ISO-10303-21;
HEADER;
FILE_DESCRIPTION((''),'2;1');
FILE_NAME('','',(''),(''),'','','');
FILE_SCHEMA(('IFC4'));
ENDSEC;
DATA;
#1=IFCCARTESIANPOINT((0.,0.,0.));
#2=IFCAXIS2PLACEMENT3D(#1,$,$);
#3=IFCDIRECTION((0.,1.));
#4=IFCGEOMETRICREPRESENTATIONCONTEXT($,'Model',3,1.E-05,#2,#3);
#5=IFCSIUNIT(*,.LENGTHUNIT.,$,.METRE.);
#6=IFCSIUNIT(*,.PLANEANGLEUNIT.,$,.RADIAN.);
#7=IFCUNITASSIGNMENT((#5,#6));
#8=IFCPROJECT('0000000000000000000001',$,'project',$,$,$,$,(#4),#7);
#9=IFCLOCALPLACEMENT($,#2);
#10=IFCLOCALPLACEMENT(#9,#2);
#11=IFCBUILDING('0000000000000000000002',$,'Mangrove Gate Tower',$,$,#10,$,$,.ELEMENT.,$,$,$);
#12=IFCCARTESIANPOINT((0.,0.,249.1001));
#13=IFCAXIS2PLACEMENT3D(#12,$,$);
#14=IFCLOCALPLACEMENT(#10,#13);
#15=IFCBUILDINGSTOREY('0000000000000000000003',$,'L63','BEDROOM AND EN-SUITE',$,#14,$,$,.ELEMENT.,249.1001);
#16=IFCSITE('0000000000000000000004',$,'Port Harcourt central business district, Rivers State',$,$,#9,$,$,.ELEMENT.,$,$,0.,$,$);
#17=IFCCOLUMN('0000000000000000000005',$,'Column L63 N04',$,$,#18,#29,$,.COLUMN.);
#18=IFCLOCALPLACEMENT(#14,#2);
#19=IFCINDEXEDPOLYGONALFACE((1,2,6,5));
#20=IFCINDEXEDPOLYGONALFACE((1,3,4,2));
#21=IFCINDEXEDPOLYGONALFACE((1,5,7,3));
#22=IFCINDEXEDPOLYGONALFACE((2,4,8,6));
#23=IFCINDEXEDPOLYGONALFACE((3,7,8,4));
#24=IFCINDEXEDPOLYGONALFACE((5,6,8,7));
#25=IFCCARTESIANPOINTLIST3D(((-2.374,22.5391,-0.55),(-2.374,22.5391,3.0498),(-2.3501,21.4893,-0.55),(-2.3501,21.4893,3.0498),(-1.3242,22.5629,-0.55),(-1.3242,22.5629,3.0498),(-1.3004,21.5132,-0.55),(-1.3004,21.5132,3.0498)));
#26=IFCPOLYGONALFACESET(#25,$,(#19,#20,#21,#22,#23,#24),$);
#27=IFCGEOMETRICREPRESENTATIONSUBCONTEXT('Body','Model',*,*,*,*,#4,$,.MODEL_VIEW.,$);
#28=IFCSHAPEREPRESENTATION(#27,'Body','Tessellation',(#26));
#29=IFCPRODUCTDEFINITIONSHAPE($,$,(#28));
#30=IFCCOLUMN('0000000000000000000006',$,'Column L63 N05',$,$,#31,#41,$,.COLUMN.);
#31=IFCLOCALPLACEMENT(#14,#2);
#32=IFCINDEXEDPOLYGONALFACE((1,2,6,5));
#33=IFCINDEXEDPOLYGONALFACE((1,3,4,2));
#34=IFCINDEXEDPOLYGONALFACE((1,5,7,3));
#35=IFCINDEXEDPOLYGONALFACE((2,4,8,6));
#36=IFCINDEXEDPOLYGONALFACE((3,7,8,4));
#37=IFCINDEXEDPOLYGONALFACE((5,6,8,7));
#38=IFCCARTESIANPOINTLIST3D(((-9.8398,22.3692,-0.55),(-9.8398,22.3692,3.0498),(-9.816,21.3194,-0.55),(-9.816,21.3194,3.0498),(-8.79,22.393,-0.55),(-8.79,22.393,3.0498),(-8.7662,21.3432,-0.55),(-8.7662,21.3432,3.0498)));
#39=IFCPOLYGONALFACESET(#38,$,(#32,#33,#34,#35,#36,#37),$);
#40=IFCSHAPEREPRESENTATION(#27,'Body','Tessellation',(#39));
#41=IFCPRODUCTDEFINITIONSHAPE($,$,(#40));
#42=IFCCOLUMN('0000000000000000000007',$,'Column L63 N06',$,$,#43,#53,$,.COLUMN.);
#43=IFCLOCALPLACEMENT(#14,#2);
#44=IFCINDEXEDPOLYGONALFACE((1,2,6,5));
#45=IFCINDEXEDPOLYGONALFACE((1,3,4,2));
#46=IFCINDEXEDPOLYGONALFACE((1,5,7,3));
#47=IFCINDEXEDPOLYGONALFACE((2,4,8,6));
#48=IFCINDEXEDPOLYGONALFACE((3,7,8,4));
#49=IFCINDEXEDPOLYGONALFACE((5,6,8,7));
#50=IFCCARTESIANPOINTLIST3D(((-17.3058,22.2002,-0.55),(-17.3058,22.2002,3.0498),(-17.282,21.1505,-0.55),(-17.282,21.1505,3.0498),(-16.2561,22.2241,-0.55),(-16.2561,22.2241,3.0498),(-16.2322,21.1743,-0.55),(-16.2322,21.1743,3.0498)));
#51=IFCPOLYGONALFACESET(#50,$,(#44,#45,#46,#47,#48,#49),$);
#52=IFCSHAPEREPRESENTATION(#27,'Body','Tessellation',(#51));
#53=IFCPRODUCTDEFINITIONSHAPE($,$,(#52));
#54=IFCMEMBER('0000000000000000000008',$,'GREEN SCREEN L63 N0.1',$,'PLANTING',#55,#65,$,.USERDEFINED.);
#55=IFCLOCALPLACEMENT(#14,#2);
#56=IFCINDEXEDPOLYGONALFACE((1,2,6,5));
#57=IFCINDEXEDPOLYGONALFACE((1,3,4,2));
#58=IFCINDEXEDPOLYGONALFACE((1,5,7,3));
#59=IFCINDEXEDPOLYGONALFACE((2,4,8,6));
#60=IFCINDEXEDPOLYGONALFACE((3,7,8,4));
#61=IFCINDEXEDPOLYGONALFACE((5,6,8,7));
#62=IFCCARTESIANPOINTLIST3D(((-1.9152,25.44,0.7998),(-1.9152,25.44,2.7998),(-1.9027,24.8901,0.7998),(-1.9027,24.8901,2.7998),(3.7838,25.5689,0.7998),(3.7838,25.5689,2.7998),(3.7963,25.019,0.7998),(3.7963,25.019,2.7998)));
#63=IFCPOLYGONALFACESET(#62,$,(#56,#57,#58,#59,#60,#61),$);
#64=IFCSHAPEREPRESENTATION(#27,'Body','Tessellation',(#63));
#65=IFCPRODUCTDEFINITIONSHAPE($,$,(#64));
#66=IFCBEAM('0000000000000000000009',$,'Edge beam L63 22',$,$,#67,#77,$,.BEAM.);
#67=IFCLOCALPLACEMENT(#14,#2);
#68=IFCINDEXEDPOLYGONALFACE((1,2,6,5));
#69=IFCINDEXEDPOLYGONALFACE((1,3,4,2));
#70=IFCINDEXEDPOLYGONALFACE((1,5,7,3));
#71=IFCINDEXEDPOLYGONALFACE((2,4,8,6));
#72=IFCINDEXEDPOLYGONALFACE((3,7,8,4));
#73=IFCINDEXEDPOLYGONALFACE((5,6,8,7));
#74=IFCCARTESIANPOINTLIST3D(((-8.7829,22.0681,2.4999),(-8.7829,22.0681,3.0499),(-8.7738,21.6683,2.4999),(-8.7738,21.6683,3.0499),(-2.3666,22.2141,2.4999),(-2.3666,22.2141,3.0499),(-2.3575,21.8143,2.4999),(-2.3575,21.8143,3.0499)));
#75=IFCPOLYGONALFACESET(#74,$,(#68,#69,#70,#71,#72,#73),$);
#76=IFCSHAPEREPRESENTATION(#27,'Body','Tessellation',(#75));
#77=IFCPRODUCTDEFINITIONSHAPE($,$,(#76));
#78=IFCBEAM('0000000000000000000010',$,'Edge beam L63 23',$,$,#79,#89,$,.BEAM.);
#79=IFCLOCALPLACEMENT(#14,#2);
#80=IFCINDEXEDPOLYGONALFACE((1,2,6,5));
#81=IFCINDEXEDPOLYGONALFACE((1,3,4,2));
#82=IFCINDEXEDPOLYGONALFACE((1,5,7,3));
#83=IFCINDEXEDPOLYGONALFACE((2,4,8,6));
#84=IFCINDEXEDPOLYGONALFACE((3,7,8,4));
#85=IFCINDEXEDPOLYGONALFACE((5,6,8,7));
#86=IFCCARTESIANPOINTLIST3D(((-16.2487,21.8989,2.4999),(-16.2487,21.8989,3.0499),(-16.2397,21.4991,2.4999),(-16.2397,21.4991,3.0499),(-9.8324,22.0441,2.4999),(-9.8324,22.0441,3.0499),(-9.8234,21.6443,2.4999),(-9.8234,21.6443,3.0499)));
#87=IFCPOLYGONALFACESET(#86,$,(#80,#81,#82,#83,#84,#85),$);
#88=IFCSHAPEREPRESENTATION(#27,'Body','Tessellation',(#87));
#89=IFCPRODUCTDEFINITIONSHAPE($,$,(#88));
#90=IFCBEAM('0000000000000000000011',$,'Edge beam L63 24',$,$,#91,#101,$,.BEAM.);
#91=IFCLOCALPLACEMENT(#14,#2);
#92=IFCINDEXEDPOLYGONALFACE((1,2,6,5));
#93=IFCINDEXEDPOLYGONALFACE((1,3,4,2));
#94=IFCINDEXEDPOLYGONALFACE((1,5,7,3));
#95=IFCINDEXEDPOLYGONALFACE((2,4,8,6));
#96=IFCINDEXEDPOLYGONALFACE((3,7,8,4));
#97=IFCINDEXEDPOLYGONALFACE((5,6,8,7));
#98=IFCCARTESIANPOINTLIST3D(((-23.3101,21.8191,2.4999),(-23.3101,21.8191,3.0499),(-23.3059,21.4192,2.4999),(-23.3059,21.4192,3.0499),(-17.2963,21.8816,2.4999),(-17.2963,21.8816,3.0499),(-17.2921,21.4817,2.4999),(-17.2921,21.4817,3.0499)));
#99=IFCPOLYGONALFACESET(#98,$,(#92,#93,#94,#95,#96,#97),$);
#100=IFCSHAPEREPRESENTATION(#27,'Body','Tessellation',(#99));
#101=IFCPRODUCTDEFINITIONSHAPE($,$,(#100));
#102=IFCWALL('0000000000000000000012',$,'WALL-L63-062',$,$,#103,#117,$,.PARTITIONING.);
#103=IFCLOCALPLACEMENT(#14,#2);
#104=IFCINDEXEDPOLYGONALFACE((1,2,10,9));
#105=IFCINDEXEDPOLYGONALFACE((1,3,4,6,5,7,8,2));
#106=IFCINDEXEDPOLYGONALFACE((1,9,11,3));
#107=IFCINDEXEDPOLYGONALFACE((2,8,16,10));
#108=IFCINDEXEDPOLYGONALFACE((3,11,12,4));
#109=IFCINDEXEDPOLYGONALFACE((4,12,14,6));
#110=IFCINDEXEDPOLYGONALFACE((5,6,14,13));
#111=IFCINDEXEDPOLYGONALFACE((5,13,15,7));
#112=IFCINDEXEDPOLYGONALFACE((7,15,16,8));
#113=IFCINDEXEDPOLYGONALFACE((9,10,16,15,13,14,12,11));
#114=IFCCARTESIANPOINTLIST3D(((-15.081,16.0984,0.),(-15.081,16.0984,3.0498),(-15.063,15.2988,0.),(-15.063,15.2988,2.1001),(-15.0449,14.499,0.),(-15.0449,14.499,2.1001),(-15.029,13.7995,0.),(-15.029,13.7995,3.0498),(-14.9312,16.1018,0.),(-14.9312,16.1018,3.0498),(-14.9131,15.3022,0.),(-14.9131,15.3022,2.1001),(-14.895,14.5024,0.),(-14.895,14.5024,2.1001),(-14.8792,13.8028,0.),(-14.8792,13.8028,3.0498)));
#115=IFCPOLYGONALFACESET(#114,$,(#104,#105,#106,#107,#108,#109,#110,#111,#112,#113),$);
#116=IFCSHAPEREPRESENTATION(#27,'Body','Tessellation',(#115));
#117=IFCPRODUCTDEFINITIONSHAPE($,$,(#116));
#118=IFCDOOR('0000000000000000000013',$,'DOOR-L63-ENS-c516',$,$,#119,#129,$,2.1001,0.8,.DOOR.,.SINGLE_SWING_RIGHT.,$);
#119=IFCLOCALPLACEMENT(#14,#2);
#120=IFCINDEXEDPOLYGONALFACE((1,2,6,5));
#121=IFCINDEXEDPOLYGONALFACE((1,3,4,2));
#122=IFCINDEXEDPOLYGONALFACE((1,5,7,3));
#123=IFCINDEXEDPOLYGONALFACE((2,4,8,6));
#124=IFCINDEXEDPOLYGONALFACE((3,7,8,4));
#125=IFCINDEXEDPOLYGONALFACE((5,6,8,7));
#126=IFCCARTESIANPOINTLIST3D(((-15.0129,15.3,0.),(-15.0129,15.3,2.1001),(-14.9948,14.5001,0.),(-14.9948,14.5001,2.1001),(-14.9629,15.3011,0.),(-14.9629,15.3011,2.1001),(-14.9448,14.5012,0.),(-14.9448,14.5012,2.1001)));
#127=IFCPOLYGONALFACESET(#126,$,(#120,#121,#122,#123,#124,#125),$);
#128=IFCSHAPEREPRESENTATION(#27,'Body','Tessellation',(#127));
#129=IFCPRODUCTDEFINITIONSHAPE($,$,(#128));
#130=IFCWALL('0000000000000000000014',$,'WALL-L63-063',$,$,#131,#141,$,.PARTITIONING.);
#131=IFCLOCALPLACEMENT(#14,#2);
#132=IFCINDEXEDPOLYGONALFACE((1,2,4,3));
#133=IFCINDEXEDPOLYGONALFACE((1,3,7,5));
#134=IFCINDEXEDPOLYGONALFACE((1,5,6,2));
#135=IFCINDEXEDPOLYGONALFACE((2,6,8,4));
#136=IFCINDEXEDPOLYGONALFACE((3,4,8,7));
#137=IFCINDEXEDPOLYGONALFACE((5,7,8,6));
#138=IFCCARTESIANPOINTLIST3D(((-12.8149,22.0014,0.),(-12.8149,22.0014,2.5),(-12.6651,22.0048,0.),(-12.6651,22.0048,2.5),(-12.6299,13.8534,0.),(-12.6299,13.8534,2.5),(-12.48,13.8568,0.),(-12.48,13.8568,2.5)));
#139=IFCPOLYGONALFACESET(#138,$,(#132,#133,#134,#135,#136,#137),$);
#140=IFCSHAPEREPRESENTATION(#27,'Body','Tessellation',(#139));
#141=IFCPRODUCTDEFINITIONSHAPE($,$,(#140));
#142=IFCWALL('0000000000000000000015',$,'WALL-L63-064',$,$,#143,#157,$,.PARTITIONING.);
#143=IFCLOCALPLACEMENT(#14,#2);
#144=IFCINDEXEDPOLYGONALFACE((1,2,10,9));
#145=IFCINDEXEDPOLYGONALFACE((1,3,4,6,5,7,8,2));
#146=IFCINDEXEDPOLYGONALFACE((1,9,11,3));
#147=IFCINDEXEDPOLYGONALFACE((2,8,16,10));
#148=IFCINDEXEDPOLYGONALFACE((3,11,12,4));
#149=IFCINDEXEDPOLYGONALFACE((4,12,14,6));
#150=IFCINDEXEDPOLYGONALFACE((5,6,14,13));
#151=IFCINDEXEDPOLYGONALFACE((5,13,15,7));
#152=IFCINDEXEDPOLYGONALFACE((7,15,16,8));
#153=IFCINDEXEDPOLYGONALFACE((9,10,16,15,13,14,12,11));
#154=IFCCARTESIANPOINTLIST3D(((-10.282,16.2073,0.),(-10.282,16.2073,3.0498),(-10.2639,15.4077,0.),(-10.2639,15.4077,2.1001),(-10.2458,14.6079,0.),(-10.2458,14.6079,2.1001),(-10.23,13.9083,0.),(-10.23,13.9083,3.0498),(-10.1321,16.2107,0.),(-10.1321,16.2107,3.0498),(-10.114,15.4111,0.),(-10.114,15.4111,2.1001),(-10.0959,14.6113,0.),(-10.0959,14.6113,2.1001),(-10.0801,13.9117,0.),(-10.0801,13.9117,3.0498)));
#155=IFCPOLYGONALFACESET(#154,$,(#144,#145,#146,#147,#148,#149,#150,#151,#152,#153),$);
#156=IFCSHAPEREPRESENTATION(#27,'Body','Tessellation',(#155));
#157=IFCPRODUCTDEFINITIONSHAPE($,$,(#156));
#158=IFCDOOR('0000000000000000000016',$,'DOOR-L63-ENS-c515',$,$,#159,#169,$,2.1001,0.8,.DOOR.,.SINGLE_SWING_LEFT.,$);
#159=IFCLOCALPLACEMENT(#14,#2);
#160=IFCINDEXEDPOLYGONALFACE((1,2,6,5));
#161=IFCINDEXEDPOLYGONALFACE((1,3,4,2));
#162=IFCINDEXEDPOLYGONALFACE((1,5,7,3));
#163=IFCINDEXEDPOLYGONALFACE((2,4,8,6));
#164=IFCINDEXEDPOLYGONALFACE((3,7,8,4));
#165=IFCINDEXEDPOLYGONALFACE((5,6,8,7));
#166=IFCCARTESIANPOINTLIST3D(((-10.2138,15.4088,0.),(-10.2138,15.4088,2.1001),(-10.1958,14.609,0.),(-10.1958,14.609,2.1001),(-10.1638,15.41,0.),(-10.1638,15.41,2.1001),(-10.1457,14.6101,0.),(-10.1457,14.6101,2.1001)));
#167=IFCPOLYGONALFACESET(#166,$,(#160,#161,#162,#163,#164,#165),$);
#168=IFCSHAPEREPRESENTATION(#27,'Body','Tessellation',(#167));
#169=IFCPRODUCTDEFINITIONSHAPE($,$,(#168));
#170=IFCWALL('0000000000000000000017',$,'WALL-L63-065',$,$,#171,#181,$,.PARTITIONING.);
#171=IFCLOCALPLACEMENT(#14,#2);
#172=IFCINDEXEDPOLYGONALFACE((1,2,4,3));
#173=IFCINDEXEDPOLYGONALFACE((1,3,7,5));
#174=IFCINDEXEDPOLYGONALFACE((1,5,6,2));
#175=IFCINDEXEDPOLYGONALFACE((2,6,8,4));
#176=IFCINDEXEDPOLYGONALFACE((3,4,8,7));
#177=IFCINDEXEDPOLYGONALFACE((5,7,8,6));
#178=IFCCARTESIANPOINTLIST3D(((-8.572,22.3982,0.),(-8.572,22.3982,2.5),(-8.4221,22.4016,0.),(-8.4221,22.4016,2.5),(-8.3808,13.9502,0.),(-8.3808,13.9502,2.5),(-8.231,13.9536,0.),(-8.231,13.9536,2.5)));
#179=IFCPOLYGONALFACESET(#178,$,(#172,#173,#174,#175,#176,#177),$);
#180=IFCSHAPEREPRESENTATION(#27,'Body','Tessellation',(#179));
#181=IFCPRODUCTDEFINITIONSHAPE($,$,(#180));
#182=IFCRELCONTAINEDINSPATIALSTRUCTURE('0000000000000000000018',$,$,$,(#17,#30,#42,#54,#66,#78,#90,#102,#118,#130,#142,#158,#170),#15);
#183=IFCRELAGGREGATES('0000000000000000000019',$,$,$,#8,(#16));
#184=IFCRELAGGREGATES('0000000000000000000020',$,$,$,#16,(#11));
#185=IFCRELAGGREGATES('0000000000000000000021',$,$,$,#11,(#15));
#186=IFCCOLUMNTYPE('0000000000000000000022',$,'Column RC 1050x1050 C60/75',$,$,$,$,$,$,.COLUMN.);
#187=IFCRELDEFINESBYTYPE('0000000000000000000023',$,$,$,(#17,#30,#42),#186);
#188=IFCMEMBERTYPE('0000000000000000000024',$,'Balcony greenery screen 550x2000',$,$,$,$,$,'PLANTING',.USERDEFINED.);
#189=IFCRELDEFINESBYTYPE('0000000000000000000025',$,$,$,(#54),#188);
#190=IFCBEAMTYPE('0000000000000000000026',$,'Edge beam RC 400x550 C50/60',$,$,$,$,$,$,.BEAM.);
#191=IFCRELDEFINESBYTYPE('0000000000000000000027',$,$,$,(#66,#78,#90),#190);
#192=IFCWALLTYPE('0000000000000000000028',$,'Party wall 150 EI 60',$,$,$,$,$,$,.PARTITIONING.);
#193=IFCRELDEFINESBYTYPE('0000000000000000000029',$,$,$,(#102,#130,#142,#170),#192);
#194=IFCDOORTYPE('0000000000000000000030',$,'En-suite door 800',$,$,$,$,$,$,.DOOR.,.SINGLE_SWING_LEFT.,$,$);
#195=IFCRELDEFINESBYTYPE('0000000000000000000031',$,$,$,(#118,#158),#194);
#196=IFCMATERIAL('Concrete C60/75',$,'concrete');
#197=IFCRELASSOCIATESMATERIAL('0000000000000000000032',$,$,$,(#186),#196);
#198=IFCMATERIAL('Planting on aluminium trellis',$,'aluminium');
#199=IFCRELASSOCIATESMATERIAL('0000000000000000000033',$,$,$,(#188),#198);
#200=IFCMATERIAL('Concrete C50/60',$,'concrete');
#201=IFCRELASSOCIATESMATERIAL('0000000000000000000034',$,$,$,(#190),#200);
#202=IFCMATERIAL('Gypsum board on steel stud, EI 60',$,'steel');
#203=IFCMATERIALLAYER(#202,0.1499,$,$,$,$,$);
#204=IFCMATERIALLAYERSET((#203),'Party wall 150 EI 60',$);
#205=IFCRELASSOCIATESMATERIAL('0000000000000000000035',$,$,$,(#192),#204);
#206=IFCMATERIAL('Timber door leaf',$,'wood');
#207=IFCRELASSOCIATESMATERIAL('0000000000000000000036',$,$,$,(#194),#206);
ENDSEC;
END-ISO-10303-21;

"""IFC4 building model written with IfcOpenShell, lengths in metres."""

from ifc_helpers import new_model, si_unit, direction, frame, frame_2d, origin, origin_2d, place, context, subcontext, project, spatial, rectangle, extrude, material, layer, layer_set, material_profile, profile_set, type_object, element, fill, save


model = new_model("IFC4")

# Units and contexts
model_context = context("Model", 3, precision=1e-05, world=origin(), true_north=direction((0.0, 1.0)))
body_context = subcontext(model_context, "Body", "Model", "MODEL_VIEW")
ifc_project = project(units=[si_unit("LENGTHUNIT", "METRE"), si_unit("PLANEANGLEUNIT", "RADIAN")], contexts=[model_context])

# Site, building, storey
site_placement = place(None, origin())
site = spatial("IfcSite", under=ifc_project, at=site_placement, Name="Port Harcourt central business district, Rivers State", CompositionType="ELEMENT", RefElevation=0.0)
building_placement = place(site_placement, origin())
building = spatial("IfcBuilding", under=site, at=building_placement, Name="Mangrove Gate Tower", CompositionType="ELEMENT")
storey_placement = place(building_placement, frame((0.0, 0.0, 249.1001)))
storey = spatial("IfcBuildingStorey", under=building, at=storey_placement, Name="L63", Description="BEDROOM AND EN-SUITE", CompositionType="ELEMENT", Elevation=249.1001)

# Columns
ifc_material_1 = material(Name="Concrete C60/75", Category="concrete")
ifc_material_profile_1 = material_profile(ifc_material_1, rectangle(XDim=1.05, YDim=1.05, at=origin_2d()))
ifc_profile_set_1 = profile_set([ifc_material_profile_1], Name="Concrete C60/75")
column_type = type_object("IfcColumnType", Name="Column RC 1050x1050 C60/75", PredefinedType="COLUMN", material=ifc_profile_set_1)
for number, where, z_axis, x_axis, name in (
    (1, (-1.8372, 22.0261, -0.55), (0.0, 0.0, 1.0), (-0.999742, -0.022697, 0.0), "Column L63 N04"),
    (2, (-9.303, 21.8562, -0.55), (0.0, 0.0, 1.0), (-0.999742, -0.022697, 0.0), "Column L63 N05"),
    (3, (-16.769, 21.6873, -0.55), (0.0, 0.0, 1.0), (-0.999742, -0.022697, 0.0), "Column L63 N06"),
):
    element("IfcColumn", number, at=place(storey_placement, frame(where, z_axis=z_axis, x_axis=x_axis)), inside=storey, type_object=column_type, Name=name, PredefinedType="COLUMN", context=body_context, shape_type="SweptSolid", body=[
        extrude(rectangle(XDim=1.05, YDim=1.05, at=origin_2d()), origin(), (0.0, 0.0, 1.0), 3.5999),
    ])

# Member
ifc_material_2 = material(Name="Planting on aluminium trellis", Category="aluminium")
ifc_material_profile_2 = material_profile(ifc_material_2, rectangle(XDim=0.55, YDim=2.0, at=origin_2d()))
ifc_profile_set_2 = profile_set([ifc_material_profile_2], Name="Planting on aluminium trellis")
member_type = type_object("IfcMemberType", Name="Balcony greenery screen 550x2000", ElementType="PLANTING", PredefinedType="USERDEFINED", material=ifc_profile_set_2)
member_placement = place(storey_placement, frame((-1.9089, 25.165, 1.7998), z_axis=(0.999744, 0.022613, 0.0), x_axis=(-0.022613, 0.999744, 0.0)))
element("IfcMember", 4, at=member_placement, inside=storey, type_object=member_type, Name="GREEN SCREEN L63 N0.1", ObjectType="PLANTING", PredefinedType="USERDEFINED", context=body_context, shape_type="SweptSolid", body=[
    extrude(rectangle(XDim=0.55, YDim=2.0, at=origin_2d()), origin(), (0.0, 0.0, 1.0), 5.7004),
])

# Beams
ifc_material_3 = material(Name="Concrete C50/60", Category="concrete")
ifc_material_profile_3 = material_profile(ifc_material_3, rectangle(XDim=0.3999, YDim=0.55, at=origin_2d()))
ifc_profile_set_3 = profile_set([ifc_material_profile_3], Name="Concrete C50/60")
beam_type = type_object("IfcBeamType", Name="Edge beam RC 400x550 C50/60", PredefinedType="BEAM", material=ifc_profile_set_3)
for number, where, z_axis, x_axis, name in (
    (5, (-2.3621, 22.0142, 2.7749), (-0.999741, -0.022748, 0.0), (0.022748, -0.999741, 0.0), "Edge beam L63 22"),
    (6, (-9.8279, 21.8442, 2.7749), (-0.999744, -0.022634, 0.0), (0.022634, -0.999744, 0.0), "Edge beam L63 23"),
):
    element("IfcBeam", number, at=place(storey_placement, frame(where, z_axis=z_axis, x_axis=x_axis)), inside=storey, type_object=beam_type, Name=name, PredefinedType="BEAM", context=body_context, shape_type="SweptSolid", body=[
        extrude(rectangle(XDim=0.3999, YDim=0.55, at=origin_2d()), origin(), (0.0, 0.0, 1.0), 6.418),
    ])
beam_placement = place(storey_placement, frame((-17.2942, 21.6816, 2.7749), z_axis=(-0.999946, -0.010392, 0.0), x_axis=(0.010392, -0.999946, 0.0)))
element("IfcBeam", 7, at=beam_placement, inside=storey, type_object=beam_type, Name="Edge beam L63 24", PredefinedType="BEAM", context=body_context, shape_type="SweptSolid", body=[
    extrude(rectangle(XDim=0.3999, YDim=0.55, at=origin_2d()), origin(), (0.0, 0.0, 1.0), 6.0142),
])

# Wall, opening, door
ifc_material_4 = material(Name="Gypsum board on steel stud, EI 60", Category="steel")
ifc_layer_1 = layer(ifc_material_4, 0.1499)
ifc_layer_set_1 = layer_set([ifc_layer_1], Name="Party wall 150 EI 60")
wall_type_1 = type_object("IfcWallType", Name="Party wall 150 EI 60", PredefinedType="PARTITIONING", material=ifc_layer_set_1)
wall_1_placement = place(storey_placement, frame((-14.9541, 13.801, 0.0), z_axis=(0.0, 0.0, 1.0), x_axis=(-0.022613, 0.999744, 0.0)))
wall_1 = element("IfcWall", 8, at=wall_1_placement, inside=storey, type_object=wall_type_1, Name="WALL-L63-062", PredefinedType="PARTITIONING", context=body_context, shape_type="SweptSolid", body=[
    extrude(rectangle(XDim=2.2996, YDim=0.1499, at=frame_2d((1.1499, 0.0))), origin(), (0.0, 0.0, 1.0), 3.0498),
])
opening_1_placement = place(wall_1_placement, frame((0.7, 0.0, 0.0)))
opening_1 = element("IfcOpeningElement", 9, at=opening_1_placement, cuts=wall_1, PredefinedType="OPENING", context=body_context, shape_type="SweptSolid", body=[
    extrude(rectangle(XDim=0.8, YDim=2.1001, at=frame_2d((0.3999, 1.05))), frame((0.0, 0.085, 0.0), z_axis=(0.0, -1.0, 0.0), x_axis=(1.0, 0.0, 0.0)), (0.0, 0.0, 1.0), 0.1699),
])
ifc_material_5 = material(Name="Timber door leaf", Category="wood")
door_type = type_object("IfcDoorType", Name="En-suite door 800", OperationType="SINGLE_SWING_LEFT", PredefinedType="DOOR", material=ifc_material_5)
door_1_placement = place(opening_1_placement, origin())
door_1 = element("IfcDoor", 10, at=door_1_placement, inside=storey, type_object=door_type, Name="DOOR-L63-ENS-c516", OperationType="SINGLE_SWING_RIGHT", OverallHeight=2.1001, OverallWidth=0.8, PredefinedType="DOOR", context=body_context, shape_type="SweptSolid", body=[
    extrude(rectangle(XDim=0.8, YDim=2.1001, at=frame_2d((0.3999, 1.05))), frame((0.0, 0.0249, 0.0), z_axis=(0.0, -1.0, 0.0), x_axis=(1.0, 0.0, 0.0)), (0.0, 0.0, 1.0), 0.05),
])
fill(opening_1, door_1)

# Wall
wall_2_placement = place(storey_placement, frame((-12.5549, 13.855, 0.0), z_axis=(0.0, 0.0, 1.0), x_axis=(-0.022706, 0.999742, 0.0)))
element("IfcWall", 11, at=wall_2_placement, inside=storey, type_object=wall_type_1, Name="WALL-L63-063", PredefinedType="PARTITIONING", context=body_context, shape_type="SweptSolid", body=[
    extrude(rectangle(XDim=8.1501, YDim=0.1499, at=frame_2d((4.0752, 0.0))), origin(), (0.0, 0.0, 1.0), 2.5),
])

# Wall, opening, door
wall_3_placement = place(storey_placement, frame((-10.155, 13.9099, 0.0), z_axis=(0.0, 0.0, 1.0), x_axis=(-0.022613, 0.999744, 0.0)))
wall_3 = element("IfcWall", 12, at=wall_3_placement, inside=storey, type_object=wall_type_1, Name="WALL-L63-064", PredefinedType="PARTITIONING", context=body_context, shape_type="SweptSolid", body=[
    extrude(rectangle(XDim=2.2996, YDim=0.1499, at=frame_2d((1.1499, 0.0))), origin(), (0.0, 0.0, 1.0), 3.0498),
])
opening_2_placement = place(wall_3_placement, frame((0.7, 0.0, 0.0)))
opening_2 = element("IfcOpeningElement", 13, at=opening_2_placement, cuts=wall_3, PredefinedType="OPENING", context=body_context, shape_type="SweptSolid", body=[
    extrude(rectangle(XDim=0.8, YDim=2.1001, at=frame_2d((0.3999, 1.05))), frame((0.0, 0.085, 0.0), z_axis=(0.0, -1.0, 0.0), x_axis=(1.0, 0.0, 0.0)), (0.0, 0.0, 1.0), 0.1699),
])
door_2_placement = place(opening_2_placement, origin())
door_2 = element("IfcDoor", 14, at=door_2_placement, inside=storey, type_object=door_type, Name="DOOR-L63-ENS-c515", OperationType="SINGLE_SWING_LEFT", OverallHeight=2.1001, OverallWidth=0.8, PredefinedType="DOOR", context=body_context, shape_type="SweptSolid", body=[
    extrude(rectangle(XDim=0.8, YDim=2.1001, at=frame_2d((0.3999, 1.05))), frame((0.0, 0.0249, 0.0), z_axis=(0.0, -1.0, 0.0), x_axis=(1.0, 0.0, 0.0)), (0.0, 0.0, 1.0), 0.05),
])
fill(opening_2, door_2)

# Wall
wall_4_placement = place(storey_placement, frame((-8.3059, 13.9519, 0.0), z_axis=(0.0, 0.0, 1.0), x_axis=(-0.022622, 0.999744, 0.0)))
element("IfcWall", 15, at=wall_4_placement, inside=storey, type_object=wall_type_1, Name="WALL-L63-065", PredefinedType="PARTITIONING", context=body_context, shape_type="SweptSolid", body=[
    extrude(rectangle(XDim=8.4502, YDim=0.1499, at=frame_2d((4.2251, 0.0))), origin(), (0.0, 0.0, 1.0), 2.5),
])

save(model, "model.ifc")
